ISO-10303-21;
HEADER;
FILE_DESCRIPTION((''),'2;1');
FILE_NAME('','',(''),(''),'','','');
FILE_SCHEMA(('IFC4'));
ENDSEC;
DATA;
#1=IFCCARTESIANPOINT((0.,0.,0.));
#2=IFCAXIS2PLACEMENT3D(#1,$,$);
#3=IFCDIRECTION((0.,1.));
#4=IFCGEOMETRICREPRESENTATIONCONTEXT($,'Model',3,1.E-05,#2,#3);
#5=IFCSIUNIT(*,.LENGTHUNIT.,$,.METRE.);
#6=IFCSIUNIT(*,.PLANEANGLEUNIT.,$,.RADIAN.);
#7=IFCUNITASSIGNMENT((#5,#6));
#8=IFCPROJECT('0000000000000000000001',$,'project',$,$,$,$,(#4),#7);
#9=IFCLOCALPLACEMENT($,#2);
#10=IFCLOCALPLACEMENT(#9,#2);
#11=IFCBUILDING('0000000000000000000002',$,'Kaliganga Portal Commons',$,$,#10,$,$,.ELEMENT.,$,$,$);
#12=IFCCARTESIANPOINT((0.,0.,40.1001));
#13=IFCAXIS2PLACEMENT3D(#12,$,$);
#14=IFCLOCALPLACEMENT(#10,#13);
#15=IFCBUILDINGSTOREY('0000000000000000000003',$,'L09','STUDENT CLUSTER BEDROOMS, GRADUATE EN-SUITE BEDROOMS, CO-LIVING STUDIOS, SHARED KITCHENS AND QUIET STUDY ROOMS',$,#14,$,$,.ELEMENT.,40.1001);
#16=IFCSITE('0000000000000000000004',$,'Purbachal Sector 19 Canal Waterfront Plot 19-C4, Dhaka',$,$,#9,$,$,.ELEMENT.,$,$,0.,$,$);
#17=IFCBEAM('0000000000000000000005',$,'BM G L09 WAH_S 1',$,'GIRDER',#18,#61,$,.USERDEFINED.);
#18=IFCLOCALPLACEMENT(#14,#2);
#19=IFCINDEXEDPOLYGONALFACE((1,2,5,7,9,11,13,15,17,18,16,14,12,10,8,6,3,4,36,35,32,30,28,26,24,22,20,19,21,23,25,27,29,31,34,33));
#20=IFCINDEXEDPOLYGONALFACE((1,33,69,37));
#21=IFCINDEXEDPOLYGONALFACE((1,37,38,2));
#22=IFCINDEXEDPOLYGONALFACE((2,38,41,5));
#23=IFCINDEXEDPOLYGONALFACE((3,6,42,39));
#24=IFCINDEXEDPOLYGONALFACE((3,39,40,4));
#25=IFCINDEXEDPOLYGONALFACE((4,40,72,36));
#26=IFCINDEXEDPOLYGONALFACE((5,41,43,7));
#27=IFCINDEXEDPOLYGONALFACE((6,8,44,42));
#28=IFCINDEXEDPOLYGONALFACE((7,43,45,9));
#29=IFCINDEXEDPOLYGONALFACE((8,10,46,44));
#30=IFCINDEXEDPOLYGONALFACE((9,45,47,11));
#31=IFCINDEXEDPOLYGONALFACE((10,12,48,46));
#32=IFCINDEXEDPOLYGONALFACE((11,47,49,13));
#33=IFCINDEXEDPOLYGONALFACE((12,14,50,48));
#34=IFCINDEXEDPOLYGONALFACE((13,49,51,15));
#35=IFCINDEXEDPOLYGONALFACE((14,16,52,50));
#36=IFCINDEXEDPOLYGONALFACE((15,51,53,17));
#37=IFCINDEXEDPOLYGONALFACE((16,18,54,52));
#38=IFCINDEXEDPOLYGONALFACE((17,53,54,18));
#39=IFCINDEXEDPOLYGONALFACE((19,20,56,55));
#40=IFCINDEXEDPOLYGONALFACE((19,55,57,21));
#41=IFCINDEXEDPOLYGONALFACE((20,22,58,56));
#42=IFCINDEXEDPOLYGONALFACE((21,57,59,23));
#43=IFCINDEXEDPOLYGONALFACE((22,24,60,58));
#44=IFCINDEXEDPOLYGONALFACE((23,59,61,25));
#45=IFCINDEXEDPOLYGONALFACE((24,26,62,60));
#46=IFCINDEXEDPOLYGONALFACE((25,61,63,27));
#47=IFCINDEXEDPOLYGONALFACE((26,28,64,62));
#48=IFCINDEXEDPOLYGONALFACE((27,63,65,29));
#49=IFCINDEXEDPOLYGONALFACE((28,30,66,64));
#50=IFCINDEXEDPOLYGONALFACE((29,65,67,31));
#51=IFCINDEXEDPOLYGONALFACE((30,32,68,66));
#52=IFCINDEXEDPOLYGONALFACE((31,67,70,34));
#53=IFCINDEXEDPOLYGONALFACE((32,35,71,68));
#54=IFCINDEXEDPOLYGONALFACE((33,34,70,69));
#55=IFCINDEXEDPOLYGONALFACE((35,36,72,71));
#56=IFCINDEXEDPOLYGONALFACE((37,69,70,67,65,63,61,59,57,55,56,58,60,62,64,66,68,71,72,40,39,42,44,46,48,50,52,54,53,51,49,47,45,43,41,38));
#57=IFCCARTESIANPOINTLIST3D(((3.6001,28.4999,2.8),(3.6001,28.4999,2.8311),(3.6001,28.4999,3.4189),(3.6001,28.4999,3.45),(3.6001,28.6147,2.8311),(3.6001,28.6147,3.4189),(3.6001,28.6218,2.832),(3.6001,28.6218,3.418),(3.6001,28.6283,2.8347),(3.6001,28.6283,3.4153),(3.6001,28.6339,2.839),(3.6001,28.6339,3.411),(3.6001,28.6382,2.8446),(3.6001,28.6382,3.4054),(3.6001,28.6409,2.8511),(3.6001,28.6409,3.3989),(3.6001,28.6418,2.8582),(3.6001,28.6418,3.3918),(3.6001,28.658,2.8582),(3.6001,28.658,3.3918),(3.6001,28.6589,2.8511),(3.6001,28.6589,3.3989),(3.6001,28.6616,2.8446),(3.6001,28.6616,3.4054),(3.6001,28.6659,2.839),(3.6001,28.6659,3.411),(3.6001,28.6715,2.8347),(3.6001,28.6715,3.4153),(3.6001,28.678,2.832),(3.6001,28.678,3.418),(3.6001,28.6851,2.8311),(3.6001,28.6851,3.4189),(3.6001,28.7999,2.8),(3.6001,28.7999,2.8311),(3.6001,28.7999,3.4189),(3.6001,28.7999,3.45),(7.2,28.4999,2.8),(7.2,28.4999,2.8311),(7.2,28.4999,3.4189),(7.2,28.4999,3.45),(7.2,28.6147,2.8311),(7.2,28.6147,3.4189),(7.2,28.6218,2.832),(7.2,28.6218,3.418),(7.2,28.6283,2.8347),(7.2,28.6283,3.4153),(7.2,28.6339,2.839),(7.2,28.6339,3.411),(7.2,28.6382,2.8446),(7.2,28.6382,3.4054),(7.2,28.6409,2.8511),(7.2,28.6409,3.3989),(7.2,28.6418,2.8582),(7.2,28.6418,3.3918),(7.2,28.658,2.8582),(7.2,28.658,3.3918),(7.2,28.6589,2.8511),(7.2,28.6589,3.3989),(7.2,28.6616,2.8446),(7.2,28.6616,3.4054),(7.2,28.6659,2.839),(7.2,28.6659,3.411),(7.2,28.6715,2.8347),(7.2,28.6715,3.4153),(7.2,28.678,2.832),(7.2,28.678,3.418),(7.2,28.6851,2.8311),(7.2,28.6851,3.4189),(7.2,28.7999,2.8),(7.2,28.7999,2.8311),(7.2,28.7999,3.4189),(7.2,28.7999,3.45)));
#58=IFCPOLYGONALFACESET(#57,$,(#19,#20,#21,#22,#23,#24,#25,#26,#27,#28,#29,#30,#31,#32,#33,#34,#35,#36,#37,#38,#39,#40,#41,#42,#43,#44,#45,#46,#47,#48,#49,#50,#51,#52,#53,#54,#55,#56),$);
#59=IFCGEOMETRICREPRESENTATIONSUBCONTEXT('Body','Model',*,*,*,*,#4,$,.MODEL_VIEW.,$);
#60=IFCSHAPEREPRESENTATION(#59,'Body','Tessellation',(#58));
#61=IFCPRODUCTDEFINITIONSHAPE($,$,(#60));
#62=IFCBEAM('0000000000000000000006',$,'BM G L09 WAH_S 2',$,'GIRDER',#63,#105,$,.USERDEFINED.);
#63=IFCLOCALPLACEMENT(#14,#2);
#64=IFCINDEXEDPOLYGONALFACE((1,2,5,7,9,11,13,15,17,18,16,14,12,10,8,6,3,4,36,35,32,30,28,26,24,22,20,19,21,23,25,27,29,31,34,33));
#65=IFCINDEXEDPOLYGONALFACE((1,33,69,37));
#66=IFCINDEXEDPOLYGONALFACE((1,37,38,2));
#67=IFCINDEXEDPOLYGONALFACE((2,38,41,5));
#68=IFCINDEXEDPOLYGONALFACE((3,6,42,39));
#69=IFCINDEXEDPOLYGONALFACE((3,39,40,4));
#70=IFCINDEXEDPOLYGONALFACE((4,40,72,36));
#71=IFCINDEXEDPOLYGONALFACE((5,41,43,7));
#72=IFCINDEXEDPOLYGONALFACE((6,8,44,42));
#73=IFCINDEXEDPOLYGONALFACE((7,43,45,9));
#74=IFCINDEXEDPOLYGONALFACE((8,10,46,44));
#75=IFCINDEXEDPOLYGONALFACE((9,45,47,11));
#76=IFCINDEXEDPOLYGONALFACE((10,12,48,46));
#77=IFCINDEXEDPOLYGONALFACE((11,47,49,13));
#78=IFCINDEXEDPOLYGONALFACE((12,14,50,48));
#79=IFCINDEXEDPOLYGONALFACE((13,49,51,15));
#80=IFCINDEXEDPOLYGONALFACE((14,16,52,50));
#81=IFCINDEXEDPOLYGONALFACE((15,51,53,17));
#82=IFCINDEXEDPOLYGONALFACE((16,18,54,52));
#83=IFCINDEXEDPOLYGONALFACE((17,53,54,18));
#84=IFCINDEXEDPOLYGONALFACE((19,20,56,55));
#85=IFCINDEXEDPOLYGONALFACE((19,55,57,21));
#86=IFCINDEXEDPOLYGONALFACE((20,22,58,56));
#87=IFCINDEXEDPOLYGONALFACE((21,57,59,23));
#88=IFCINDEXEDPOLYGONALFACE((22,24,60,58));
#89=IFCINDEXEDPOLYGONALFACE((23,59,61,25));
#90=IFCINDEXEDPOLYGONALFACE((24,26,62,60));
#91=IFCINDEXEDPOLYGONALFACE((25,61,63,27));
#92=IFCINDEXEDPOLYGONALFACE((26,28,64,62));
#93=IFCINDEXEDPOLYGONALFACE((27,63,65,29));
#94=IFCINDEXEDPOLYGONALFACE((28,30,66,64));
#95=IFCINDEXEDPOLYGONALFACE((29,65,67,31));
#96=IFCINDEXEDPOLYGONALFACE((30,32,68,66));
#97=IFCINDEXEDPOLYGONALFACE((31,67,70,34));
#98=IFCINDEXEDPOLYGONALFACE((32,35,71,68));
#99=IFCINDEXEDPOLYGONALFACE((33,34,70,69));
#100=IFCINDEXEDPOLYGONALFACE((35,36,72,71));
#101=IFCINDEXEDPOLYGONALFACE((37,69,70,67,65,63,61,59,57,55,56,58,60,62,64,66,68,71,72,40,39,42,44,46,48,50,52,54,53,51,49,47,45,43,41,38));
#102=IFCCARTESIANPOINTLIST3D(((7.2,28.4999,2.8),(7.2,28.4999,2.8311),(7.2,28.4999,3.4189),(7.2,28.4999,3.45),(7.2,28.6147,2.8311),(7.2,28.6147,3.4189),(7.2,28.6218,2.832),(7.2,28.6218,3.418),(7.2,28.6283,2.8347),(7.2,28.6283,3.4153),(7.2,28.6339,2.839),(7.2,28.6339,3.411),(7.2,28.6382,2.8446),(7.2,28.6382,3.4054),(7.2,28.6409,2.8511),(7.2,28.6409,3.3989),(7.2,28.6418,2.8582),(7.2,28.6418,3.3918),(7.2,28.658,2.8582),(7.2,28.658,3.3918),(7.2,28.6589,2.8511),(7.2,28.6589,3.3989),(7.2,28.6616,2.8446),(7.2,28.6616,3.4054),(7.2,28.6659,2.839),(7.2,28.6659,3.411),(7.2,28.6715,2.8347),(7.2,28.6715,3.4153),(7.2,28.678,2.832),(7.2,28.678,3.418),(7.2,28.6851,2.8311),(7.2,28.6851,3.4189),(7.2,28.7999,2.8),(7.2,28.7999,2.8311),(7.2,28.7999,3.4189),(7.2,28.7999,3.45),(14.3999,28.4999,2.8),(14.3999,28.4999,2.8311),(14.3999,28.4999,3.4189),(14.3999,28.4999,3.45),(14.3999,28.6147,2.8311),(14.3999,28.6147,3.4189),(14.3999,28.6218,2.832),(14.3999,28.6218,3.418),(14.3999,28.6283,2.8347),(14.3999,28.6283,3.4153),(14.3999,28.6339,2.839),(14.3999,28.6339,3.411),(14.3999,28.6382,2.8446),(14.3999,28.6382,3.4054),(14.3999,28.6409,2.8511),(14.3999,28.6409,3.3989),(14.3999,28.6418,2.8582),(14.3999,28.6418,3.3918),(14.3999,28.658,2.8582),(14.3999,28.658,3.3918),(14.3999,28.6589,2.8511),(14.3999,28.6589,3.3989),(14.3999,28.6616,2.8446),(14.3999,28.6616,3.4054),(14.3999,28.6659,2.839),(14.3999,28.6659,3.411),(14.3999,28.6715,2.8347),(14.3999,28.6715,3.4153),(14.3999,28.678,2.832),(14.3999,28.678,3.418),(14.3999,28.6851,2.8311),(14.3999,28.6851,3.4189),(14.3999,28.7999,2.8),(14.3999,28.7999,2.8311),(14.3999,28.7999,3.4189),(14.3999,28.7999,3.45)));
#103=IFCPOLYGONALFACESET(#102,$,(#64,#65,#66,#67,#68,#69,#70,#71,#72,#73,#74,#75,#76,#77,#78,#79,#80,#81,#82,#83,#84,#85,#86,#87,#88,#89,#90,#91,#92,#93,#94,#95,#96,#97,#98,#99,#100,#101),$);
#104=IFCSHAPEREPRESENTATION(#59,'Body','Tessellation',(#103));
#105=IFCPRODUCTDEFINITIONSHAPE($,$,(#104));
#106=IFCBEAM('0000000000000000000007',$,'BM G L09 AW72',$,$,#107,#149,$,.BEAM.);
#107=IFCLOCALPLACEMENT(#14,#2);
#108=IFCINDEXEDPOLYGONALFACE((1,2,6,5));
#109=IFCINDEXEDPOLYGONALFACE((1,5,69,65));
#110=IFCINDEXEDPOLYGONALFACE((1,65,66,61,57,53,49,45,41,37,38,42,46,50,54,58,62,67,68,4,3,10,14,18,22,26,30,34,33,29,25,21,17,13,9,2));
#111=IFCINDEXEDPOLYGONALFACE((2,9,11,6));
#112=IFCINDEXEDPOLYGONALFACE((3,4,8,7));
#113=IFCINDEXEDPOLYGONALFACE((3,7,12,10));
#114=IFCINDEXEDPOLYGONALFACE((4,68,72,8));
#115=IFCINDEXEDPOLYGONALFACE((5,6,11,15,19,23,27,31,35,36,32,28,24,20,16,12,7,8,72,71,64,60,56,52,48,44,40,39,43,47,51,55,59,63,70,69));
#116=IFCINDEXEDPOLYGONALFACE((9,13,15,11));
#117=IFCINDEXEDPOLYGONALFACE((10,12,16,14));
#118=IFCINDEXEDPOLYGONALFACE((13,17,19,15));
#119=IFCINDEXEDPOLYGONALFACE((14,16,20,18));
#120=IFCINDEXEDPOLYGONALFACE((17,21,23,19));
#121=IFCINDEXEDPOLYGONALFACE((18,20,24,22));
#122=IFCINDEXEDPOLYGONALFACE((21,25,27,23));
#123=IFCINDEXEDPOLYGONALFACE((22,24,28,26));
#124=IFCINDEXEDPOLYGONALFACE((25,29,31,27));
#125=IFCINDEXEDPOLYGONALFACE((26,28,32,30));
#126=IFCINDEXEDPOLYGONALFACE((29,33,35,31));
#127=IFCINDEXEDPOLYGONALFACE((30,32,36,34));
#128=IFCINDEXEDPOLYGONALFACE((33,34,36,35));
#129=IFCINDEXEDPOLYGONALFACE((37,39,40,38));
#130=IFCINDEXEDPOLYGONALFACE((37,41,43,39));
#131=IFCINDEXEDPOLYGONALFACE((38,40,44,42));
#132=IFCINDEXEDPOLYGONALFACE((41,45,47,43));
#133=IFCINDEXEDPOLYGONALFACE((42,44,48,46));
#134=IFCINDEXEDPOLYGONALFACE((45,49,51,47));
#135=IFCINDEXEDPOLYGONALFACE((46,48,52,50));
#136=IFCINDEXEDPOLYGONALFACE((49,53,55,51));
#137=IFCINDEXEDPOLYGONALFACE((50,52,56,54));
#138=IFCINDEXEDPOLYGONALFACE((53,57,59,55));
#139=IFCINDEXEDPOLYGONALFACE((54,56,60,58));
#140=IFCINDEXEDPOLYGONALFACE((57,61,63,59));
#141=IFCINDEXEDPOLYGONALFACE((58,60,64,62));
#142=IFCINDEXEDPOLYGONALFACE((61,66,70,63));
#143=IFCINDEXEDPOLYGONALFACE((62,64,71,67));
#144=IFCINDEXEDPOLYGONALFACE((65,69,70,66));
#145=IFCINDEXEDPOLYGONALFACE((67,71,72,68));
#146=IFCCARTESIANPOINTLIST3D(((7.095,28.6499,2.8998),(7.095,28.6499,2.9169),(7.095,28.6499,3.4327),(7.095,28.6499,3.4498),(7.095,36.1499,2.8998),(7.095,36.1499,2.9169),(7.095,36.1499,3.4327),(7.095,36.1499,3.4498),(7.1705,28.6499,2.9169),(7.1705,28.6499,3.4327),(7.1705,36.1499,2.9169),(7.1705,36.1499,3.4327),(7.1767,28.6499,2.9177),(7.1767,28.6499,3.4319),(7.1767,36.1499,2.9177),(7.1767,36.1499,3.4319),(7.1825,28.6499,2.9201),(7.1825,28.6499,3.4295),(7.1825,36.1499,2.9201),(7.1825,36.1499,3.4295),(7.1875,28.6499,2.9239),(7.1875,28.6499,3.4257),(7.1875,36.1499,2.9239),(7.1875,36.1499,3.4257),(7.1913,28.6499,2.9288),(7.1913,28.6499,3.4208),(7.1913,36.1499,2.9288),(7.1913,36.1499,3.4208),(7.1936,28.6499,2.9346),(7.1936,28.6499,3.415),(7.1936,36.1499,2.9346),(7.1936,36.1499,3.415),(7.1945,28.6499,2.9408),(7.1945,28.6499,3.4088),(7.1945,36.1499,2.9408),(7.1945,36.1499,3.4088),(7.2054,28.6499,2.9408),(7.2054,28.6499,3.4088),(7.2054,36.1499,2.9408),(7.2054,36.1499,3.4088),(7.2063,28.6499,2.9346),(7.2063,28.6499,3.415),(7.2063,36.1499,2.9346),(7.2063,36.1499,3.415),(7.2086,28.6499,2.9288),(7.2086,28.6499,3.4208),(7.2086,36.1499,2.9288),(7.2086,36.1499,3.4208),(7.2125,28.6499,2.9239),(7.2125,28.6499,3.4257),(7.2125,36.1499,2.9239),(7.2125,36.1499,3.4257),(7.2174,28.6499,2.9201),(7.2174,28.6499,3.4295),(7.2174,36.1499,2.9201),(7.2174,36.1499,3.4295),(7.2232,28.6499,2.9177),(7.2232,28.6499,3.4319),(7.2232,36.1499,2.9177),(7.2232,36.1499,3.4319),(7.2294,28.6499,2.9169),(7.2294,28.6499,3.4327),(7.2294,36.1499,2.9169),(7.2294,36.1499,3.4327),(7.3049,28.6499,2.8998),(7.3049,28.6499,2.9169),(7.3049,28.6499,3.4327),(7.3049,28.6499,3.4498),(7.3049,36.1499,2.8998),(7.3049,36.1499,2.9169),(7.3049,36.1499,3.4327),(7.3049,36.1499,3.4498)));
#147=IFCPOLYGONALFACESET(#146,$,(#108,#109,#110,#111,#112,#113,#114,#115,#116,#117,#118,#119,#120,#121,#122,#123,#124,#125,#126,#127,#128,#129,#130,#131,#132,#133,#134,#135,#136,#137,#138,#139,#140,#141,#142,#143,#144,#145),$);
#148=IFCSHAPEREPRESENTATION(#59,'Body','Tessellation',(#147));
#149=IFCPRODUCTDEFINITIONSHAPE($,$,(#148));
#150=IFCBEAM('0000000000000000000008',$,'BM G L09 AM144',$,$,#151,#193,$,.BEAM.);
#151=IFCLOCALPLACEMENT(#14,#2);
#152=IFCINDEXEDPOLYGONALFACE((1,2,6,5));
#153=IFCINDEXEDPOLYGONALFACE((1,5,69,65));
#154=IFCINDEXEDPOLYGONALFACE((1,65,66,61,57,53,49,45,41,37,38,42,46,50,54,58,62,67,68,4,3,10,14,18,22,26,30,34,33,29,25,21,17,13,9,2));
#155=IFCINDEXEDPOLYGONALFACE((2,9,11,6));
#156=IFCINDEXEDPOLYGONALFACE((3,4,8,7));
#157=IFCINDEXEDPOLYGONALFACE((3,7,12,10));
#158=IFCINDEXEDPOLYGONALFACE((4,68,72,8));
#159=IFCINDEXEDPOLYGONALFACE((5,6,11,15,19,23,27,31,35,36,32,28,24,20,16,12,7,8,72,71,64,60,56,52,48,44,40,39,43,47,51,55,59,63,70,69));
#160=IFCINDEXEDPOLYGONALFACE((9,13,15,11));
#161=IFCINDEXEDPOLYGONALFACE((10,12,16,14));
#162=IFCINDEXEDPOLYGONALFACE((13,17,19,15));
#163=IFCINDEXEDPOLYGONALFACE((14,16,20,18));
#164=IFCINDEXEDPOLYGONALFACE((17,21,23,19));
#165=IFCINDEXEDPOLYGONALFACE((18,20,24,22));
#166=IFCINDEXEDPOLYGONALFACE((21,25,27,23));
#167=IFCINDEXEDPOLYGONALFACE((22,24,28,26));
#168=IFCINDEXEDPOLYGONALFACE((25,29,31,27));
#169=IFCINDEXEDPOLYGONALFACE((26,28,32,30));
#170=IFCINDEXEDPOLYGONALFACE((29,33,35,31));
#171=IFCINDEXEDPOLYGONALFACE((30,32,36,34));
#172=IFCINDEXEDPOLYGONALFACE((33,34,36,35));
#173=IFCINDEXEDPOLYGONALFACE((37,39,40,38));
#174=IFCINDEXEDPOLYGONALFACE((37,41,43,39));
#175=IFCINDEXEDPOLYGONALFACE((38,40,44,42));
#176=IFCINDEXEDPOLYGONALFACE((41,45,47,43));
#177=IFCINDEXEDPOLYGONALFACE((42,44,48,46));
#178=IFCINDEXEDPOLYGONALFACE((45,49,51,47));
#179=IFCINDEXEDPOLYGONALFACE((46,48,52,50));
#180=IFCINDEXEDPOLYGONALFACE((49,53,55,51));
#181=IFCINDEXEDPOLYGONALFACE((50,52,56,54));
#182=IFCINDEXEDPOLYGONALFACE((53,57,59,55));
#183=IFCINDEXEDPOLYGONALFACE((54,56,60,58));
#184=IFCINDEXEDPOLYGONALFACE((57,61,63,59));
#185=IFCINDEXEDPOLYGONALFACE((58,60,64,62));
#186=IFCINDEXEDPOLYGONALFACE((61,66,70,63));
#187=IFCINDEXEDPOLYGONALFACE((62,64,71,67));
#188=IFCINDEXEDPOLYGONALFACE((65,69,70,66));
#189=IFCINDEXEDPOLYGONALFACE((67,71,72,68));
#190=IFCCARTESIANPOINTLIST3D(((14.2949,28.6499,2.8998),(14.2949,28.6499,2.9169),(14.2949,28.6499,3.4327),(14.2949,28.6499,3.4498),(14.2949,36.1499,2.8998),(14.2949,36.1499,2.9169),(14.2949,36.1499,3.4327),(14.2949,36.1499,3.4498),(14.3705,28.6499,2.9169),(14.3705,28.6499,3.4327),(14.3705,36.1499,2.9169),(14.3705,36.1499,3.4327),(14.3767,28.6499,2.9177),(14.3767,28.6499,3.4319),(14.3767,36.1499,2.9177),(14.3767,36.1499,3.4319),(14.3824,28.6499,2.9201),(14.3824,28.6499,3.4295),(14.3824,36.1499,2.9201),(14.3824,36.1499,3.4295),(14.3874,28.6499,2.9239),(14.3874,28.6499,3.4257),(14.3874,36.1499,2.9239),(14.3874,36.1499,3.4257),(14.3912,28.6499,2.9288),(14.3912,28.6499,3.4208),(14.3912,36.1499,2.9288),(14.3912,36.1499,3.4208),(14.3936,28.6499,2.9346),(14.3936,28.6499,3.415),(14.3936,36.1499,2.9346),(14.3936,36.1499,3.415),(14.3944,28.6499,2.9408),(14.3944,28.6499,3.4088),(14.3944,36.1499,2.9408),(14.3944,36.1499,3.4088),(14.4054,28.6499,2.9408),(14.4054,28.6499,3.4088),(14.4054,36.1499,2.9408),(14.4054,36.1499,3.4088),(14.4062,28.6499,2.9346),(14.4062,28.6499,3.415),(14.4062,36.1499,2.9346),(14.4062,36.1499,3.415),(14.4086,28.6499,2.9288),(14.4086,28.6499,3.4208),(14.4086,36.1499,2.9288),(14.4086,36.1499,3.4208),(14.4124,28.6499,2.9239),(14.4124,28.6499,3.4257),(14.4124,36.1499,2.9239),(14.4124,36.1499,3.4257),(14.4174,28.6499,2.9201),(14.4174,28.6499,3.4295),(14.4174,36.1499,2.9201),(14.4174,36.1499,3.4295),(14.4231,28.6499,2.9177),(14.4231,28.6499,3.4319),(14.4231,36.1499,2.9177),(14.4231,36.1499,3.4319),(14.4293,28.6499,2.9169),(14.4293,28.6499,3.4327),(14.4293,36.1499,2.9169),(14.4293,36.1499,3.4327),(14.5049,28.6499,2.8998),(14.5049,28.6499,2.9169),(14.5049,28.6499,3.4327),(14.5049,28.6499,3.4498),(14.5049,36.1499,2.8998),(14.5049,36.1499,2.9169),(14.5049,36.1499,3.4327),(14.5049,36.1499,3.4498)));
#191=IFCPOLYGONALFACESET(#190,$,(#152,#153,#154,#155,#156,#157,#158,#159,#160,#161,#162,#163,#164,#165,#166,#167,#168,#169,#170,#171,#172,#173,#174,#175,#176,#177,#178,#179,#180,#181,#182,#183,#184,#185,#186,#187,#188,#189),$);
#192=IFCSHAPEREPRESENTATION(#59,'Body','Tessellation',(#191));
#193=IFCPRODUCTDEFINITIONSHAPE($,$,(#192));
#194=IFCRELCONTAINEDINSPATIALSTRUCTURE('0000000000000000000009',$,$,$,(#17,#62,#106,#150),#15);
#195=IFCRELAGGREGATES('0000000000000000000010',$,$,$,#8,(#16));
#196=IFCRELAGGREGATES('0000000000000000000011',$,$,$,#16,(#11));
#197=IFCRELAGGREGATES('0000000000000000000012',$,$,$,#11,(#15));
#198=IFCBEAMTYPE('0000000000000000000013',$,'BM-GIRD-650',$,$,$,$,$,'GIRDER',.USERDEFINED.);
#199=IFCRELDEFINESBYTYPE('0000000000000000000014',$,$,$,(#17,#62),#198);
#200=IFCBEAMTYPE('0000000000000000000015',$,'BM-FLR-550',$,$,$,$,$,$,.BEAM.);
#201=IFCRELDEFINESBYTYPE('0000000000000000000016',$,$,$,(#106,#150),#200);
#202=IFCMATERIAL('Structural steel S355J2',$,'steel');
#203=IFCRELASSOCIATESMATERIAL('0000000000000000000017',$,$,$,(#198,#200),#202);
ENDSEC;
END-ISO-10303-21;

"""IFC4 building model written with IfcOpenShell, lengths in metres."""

from ifc_helpers import new_model, si_unit, direction, frame, origin, origin_2d, place, context, subcontext, project, spatial, i_section, extrude, source, transform, mapped, material, material_profile, profile_set, type_object, element, save


model = new_model("IFC4")

# Units and contexts
model_context = context("Model", 3, precision=1e-05, world=origin(), true_north=direction((0.0, 1.0)))
body_context = subcontext(model_context, "Body", "Model", "MODEL_VIEW")
ifc_project = project(units=[si_unit("LENGTHUNIT", "METRE"), si_unit("PLANEANGLEUNIT", "RADIAN")], contexts=[model_context])

# Site, building, storey
site_placement = place(None, origin())
site = spatial("IfcSite", under=ifc_project, at=site_placement, Name="Purbachal Sector 19 Canal Waterfront Plot 19-C4, Dhaka", CompositionType="ELEMENT", RefElevation=0.0)
building_placement = place(site_placement, origin())
building = spatial("IfcBuilding", under=site, at=building_placement, Name="Kaliganga Portal Commons", CompositionType="ELEMENT")
storey_placement = place(building_placement, frame((0.0, 0.0, 40.1001)))
storey = spatial("IfcBuildingStorey", under=building, at=storey_placement, Name="L09", Description="STUDENT CLUSTER BEDROOMS, GRADUATE EN-SUITE BEDROOMS, CO-LIVING STUDIOS, SHARED KITCHENS AND QUIET STUDY ROOMS", CompositionType="ELEMENT", Elevation=40.1001)

# Beams
ifc_material_1 = material(Name="Structural steel S355J2", Category="steel")
ifc_material_profile_1 = material_profile(ifc_material_1, i_section(OverallWidth=0.3, OverallDepth=0.6499, WebThickness=0.0161, FlangeThickness=0.031, FilletRadius=0.0271, at=origin_2d()), Name="HE 650 B")
ifc_profile_set_1 = profile_set([ifc_material_profile_1], Name="Structural steel S355J2 wide-flange")
beam_type_1 = type_object("IfcBeamType", Name="BM-GIRD-650", ElementType="GIRDER", PredefinedType="USERDEFINED", material=ifc_profile_set_1)
shared_shape_1 = source(origin(), body_context, "Body", "SweptSolid", [
    extrude(i_section(OverallWidth=0.3, OverallDepth=0.6499, WebThickness=0.0161, FlangeThickness=0.031, FilletRadius=0.0271, at=origin_2d()), origin(), (0.0, 0.0, 1.0), 3.5999),
])
beam_1_placement = place(storey_placement, frame((3.6001, 28.6499, 3.125), z_axis=(1.0, 0.0, 0.0), x_axis=(0.0, 1.0, 0.0)))
element("IfcBeam", 1, at=beam_1_placement, inside=storey, type_object=beam_type_1, Name="BM G L09 WAH_S 1", ObjectType="GIRDER", PredefinedType="USERDEFINED", context=body_context, shape_type="MappedRepresentation", body=[
    mapped(shared_shape_1, transform((0.0, 0.0, 0.0), x_axis=(1.0, 0.0, 0.0), y_axis=(0.0, 1.0, 0.0), z_axis=(0.0, 0.0, 1.0), scale=1.0)),
])
shared_shape_2 = source(origin(), body_context, "Body", "SweptSolid", [
    extrude(i_section(OverallWidth=0.3, OverallDepth=0.6499, WebThickness=0.0161, FlangeThickness=0.031, FilletRadius=0.0271, at=origin_2d()), origin(), (0.0, 0.0, 1.0), 7.2),
])
beam_2_placement = place(storey_placement, frame((7.2, 28.6499, 3.125), z_axis=(1.0, 0.0, 0.0), x_axis=(0.0, 1.0, 0.0)))
element("IfcBeam", 2, at=beam_2_placement, inside=storey, type_object=beam_type_1, Name="BM G L09 WAH_S 2", ObjectType="GIRDER", PredefinedType="USERDEFINED", context=body_context, shape_type="MappedRepresentation", body=[
    mapped(shared_shape_2, transform((0.0, 0.0, 0.0), x_axis=(1.0, 0.0, 0.0), y_axis=(0.0, 1.0, 0.0), z_axis=(0.0, 0.0, 1.0), scale=1.0)),
])
ifc_material_profile_2 = material_profile(ifc_material_1, i_section(OverallWidth=0.21, OverallDepth=0.55, WebThickness=0.011, FlangeThickness=0.0171, FilletRadius=0.0239, at=origin_2d()), Name="IPE 550")
ifc_profile_set_2 = profile_set([ifc_material_profile_2], Name="Structural steel S355J2 wide-flange")
beam_type_2 = type_object("IfcBeamType", Name="BM-FLR-550", PredefinedType="BEAM", material=ifc_profile_set_2)
shared_shape_3 = source(origin(), body_context, "Body", "SweptSolid", [
    extrude(i_section(OverallWidth=0.21, OverallDepth=0.55, WebThickness=0.011, FlangeThickness=0.0171, FilletRadius=0.0239, at=origin_2d()), origin(), (0.0, 0.0, 1.0), 7.5),
])
for number, where, z_axis, x_axis, name in (
    (3, (7.2, 28.6499, 3.1748), (0.0, 1.0, 0.0), (-1.0, 0.0, 0.0), "BM G L09 AW72"),
    (4, (14.3999, 28.6499, 3.1748), (0.0, 1.0, 0.0), (-1.0, 0.0, 0.0), "BM G L09 AM144"),
):
    element("IfcBeam", number, at=place(storey_placement, frame(where, z_axis=z_axis, x_axis=x_axis)), inside=storey, type_object=beam_type_2, Name=name, PredefinedType="BEAM", context=body_context, shape_type="MappedRepresentation", body=[
        mapped(shared_shape_3, transform((0.0, 0.0, 0.0), x_axis=(1.0, 0.0, 0.0), y_axis=(0.0, 1.0, 0.0), z_axis=(0.0, 0.0, 1.0), scale=1.0)),
    ])

save(model, "model.ifc")
